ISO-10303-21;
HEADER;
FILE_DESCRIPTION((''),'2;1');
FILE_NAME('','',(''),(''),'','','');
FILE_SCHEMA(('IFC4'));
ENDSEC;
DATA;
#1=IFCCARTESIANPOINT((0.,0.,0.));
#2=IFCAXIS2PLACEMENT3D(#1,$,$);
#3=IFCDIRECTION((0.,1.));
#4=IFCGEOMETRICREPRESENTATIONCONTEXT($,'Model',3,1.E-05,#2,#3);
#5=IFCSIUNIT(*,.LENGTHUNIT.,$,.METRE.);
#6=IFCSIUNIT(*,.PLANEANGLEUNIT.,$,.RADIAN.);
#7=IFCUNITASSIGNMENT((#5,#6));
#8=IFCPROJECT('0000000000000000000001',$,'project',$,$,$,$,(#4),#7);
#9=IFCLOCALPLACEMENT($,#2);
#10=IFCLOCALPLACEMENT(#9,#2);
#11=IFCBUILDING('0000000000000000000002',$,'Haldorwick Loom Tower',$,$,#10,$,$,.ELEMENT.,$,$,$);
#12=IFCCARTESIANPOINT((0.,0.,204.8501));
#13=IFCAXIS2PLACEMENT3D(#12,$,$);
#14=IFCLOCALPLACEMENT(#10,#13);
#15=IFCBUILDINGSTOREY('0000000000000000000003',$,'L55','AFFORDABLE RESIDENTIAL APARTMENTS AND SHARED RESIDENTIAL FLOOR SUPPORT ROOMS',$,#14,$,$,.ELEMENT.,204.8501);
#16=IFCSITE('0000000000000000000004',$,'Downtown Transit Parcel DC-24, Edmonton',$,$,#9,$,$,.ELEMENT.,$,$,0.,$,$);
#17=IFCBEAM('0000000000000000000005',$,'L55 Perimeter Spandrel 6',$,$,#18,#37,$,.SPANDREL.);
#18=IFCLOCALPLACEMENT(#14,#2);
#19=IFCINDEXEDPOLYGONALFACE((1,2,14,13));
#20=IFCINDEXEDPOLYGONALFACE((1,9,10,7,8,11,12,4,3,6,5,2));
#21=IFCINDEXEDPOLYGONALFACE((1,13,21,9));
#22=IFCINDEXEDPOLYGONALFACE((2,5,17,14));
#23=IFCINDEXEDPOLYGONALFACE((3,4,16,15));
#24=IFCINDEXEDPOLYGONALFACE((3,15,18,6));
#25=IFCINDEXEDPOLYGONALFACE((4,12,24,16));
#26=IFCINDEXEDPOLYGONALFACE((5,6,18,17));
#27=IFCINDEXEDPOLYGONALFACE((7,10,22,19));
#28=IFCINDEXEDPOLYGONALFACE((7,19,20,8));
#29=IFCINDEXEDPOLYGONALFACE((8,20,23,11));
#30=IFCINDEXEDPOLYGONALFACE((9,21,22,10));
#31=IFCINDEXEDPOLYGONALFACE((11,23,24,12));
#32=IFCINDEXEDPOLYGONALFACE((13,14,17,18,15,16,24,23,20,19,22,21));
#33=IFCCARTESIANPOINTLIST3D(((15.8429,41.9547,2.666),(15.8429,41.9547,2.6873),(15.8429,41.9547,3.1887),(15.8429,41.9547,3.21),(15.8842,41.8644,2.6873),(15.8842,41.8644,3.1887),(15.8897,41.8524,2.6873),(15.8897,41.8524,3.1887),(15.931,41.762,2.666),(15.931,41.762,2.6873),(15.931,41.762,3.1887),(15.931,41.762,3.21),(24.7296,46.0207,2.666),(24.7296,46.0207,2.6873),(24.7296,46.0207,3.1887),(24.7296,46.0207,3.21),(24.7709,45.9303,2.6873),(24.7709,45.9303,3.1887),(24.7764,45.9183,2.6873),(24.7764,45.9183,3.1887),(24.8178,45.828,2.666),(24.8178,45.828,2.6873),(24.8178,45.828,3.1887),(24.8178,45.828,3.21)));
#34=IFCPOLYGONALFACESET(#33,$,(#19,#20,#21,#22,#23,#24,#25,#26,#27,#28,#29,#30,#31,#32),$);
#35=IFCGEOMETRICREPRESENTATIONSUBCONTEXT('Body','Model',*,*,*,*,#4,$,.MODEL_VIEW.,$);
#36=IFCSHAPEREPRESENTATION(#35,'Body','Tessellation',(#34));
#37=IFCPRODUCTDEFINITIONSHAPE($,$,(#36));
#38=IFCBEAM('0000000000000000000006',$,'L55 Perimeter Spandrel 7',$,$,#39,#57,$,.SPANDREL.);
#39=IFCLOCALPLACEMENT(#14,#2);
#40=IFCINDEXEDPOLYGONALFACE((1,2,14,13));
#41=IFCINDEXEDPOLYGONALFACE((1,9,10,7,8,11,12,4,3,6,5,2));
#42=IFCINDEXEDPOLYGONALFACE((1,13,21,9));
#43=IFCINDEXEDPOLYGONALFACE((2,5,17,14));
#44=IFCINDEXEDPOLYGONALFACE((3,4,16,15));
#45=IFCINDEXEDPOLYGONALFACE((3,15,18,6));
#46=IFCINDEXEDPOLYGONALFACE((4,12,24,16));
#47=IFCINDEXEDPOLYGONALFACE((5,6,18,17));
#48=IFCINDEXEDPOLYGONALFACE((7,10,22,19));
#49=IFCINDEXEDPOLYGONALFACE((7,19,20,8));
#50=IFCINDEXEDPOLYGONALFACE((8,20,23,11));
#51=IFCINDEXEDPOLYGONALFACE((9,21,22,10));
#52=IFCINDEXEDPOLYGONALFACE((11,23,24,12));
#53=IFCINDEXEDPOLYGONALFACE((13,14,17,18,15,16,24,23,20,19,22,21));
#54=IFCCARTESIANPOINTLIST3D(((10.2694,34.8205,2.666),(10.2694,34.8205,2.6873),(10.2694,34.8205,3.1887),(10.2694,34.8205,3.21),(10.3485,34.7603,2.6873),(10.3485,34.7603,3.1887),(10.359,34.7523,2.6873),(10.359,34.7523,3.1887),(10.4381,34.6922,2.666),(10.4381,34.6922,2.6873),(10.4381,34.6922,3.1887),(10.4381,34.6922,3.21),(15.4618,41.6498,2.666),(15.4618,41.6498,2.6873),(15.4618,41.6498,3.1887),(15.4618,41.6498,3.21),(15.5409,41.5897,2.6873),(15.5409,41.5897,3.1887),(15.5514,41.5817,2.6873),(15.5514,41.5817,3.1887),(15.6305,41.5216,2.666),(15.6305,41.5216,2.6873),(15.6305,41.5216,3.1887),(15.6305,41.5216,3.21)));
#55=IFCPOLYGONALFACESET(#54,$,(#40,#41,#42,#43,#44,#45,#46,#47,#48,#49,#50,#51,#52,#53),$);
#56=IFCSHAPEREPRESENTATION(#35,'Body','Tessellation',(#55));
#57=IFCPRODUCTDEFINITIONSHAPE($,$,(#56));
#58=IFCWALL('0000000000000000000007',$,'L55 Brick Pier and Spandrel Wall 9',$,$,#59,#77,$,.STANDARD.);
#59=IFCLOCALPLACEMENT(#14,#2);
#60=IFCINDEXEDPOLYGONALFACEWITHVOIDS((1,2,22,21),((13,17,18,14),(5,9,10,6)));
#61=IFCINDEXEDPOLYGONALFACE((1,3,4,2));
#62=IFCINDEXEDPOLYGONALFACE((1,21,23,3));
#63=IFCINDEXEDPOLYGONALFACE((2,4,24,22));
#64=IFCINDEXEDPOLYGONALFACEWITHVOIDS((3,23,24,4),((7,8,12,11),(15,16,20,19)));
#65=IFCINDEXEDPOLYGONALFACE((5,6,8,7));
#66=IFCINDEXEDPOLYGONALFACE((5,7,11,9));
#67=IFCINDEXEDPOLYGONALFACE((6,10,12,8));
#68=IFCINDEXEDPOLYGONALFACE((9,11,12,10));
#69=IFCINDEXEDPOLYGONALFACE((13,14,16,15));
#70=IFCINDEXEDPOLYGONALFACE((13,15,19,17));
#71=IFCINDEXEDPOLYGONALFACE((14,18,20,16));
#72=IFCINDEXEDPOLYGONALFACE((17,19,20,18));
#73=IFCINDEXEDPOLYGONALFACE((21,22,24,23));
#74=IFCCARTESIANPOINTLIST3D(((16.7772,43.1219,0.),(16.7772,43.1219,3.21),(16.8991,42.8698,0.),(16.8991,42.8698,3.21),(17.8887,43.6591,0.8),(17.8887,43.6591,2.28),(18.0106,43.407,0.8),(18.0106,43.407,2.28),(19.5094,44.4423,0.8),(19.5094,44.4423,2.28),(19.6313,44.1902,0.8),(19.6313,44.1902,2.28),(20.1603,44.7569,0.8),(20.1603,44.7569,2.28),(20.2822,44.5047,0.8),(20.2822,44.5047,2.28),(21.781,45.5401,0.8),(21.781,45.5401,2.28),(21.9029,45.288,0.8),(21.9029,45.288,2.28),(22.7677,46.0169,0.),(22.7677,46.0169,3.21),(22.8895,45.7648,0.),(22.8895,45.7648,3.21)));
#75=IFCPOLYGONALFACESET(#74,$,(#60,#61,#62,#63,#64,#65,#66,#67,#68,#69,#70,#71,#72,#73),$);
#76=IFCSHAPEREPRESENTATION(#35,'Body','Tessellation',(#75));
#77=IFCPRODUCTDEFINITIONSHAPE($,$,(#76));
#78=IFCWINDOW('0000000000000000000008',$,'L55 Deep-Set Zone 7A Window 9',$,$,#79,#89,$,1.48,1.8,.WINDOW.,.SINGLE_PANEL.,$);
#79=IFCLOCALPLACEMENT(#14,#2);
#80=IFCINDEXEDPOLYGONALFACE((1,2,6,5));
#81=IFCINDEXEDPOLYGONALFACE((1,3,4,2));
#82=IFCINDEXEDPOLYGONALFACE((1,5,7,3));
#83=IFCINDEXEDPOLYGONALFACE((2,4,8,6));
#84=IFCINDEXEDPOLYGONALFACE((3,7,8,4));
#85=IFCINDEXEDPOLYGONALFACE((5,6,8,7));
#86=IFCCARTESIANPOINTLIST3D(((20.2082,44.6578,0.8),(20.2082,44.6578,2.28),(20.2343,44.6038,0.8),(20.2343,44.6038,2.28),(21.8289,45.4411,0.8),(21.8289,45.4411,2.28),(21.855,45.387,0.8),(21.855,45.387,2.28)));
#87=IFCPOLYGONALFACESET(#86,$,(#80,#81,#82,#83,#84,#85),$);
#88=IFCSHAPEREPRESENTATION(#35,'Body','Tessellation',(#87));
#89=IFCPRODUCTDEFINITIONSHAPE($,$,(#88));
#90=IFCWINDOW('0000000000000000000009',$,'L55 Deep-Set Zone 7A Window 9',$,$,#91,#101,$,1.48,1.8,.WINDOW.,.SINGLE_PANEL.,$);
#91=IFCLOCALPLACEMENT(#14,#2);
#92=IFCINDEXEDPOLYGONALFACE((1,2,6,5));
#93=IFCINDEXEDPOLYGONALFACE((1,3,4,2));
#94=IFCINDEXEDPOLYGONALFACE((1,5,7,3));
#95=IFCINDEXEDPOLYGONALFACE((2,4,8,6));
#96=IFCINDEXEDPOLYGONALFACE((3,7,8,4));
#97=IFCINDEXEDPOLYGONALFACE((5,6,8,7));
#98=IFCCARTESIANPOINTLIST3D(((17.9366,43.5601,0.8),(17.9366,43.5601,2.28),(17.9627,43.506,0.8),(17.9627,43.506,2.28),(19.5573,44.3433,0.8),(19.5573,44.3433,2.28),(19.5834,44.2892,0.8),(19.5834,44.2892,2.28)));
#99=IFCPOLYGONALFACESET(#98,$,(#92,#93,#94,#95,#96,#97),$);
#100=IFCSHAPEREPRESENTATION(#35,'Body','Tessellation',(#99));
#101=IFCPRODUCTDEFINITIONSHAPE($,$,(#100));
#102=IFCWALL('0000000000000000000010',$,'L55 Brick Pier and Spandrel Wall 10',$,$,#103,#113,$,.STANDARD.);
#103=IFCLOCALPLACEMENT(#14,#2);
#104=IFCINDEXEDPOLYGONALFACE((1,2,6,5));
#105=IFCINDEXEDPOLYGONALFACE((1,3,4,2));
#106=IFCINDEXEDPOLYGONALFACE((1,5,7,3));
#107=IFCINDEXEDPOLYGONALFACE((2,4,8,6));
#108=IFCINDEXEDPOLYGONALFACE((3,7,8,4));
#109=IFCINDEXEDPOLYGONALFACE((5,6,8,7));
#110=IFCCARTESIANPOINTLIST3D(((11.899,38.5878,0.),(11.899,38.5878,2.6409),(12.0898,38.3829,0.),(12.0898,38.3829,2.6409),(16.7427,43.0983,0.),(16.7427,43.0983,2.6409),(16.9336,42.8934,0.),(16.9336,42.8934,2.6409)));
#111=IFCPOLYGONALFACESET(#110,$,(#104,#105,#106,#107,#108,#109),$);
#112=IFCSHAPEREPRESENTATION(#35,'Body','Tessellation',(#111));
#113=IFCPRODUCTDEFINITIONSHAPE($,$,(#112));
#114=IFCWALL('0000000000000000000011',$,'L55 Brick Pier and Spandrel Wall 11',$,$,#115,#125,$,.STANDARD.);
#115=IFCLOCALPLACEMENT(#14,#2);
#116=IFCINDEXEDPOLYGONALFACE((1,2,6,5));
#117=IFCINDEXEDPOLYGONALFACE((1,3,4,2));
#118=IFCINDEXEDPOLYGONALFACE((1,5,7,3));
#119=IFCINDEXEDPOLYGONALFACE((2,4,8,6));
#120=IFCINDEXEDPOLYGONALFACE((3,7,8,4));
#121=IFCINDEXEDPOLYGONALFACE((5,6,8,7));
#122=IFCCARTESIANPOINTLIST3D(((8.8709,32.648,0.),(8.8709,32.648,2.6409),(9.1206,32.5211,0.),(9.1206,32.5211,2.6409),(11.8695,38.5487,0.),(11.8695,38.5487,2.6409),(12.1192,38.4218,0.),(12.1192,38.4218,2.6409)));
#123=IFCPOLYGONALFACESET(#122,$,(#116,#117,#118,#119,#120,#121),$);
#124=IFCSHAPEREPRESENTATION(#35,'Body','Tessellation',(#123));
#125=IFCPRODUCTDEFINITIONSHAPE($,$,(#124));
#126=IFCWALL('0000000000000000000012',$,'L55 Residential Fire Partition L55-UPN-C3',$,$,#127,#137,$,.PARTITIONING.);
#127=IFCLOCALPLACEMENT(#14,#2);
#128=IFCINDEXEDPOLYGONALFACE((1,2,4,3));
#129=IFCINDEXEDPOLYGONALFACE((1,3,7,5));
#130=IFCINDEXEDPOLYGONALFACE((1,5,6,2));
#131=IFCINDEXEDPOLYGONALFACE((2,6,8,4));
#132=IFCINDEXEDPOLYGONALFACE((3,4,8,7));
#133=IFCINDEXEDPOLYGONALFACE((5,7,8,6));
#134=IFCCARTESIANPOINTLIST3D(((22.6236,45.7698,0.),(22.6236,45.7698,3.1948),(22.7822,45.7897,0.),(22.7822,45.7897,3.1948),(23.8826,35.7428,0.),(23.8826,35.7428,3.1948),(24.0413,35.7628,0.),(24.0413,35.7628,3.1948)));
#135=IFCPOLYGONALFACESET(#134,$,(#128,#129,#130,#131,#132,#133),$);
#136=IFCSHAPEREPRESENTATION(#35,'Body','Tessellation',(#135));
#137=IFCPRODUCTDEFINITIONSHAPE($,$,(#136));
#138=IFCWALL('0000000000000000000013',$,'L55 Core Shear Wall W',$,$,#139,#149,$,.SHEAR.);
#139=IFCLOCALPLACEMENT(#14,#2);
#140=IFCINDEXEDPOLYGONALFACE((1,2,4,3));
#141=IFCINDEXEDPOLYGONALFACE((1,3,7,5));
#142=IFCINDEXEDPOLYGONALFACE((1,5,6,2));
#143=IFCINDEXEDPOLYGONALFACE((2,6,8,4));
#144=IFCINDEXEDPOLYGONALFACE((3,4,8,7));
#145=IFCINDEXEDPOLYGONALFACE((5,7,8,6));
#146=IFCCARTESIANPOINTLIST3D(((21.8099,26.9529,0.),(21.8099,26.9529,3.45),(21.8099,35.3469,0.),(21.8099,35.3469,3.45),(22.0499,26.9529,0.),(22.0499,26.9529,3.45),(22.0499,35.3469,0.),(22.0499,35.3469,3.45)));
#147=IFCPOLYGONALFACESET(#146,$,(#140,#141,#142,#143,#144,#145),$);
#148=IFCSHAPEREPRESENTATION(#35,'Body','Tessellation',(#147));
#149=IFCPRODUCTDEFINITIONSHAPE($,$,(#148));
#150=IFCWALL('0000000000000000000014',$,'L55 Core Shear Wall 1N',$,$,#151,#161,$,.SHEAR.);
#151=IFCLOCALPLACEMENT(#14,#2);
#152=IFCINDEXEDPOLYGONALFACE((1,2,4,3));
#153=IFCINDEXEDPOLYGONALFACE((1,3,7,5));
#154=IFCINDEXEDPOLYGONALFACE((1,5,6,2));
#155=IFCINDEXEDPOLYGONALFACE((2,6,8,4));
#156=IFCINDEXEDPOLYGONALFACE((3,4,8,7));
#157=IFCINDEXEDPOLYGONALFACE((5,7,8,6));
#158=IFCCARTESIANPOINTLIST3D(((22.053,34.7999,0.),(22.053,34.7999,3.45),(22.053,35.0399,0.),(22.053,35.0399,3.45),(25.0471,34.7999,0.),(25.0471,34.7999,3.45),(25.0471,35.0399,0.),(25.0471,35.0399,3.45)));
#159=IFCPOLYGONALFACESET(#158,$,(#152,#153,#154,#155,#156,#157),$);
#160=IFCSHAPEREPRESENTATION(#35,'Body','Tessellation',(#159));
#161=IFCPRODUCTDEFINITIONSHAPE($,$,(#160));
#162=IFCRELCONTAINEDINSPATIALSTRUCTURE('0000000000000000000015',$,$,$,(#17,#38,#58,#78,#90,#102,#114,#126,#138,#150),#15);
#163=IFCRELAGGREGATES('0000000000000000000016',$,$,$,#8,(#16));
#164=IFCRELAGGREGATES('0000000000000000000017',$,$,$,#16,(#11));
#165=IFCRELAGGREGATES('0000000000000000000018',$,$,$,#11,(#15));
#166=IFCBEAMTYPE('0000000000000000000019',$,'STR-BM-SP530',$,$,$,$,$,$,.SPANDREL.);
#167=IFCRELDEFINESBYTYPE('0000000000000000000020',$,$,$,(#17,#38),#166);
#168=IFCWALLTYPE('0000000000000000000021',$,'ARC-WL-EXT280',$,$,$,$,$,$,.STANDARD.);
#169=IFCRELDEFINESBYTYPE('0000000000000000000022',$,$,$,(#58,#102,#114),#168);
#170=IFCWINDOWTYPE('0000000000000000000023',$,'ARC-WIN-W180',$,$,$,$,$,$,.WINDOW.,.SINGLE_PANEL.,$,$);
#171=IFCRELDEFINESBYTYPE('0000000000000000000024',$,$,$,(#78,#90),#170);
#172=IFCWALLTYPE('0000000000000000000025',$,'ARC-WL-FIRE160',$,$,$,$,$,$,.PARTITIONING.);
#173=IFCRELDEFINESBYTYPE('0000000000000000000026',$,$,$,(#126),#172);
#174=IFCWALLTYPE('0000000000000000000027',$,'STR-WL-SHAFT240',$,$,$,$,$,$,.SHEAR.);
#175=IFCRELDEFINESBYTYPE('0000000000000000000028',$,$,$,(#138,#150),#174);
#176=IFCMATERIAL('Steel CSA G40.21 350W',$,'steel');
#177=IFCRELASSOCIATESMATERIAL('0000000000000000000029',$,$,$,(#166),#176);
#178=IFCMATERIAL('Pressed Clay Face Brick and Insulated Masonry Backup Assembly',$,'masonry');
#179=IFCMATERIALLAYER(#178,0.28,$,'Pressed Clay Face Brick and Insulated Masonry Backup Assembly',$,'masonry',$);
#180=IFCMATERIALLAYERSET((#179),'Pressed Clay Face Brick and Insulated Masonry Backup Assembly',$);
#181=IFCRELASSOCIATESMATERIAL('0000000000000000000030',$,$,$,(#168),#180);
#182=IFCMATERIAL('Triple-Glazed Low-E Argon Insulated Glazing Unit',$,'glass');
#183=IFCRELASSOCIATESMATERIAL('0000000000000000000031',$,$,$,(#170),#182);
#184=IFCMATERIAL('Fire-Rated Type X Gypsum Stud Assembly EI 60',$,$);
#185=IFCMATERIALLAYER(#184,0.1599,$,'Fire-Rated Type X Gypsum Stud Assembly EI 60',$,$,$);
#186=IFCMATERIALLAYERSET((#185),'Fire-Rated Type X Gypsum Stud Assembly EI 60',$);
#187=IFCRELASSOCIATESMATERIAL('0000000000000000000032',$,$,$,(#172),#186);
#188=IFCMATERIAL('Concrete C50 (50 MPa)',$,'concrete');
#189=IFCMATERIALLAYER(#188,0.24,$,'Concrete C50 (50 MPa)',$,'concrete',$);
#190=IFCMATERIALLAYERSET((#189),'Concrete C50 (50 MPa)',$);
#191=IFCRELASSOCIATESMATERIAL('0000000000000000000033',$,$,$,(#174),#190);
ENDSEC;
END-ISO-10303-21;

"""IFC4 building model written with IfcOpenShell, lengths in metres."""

from ifc_helpers import new_model, si_unit, direction, frame, frame_2d, origin, origin_2d, place, context, subcontext, project, spatial, rectangle, i_section, extrude, material, layer, layer_set, material_profile, profile_set, type_object, element, fill, save


model = new_model("IFC4")

# Units and contexts
model_context = context("Model", 3, precision=1e-05, world=origin(), true_north=direction((0.0, 1.0)))
body_context = subcontext(model_context, "Body", "Model", "MODEL_VIEW")
ifc_project = project(units=[si_unit("LENGTHUNIT", "METRE"), si_unit("PLANEANGLEUNIT", "RADIAN")], contexts=[model_context])

# Site, building, storey
site_placement = place(None, origin())
site = spatial("IfcSite", under=ifc_project, at=site_placement, Name="Downtown Transit Parcel DC-24, Edmonton", CompositionType="ELEMENT", RefElevation=0.0)
building_placement = place(site_placement, origin())
building = spatial("IfcBuilding", under=site, at=building_placement, Name="Haldorwick Loom Tower", CompositionType="ELEMENT")
storey_placement = place(building_placement, frame((0.0, 0.0, 204.8501)))
storey = spatial("IfcBuildingStorey", under=building, at=storey_placement, Name="L55", Description="AFFORDABLE RESIDENTIAL APARTMENTS AND SHARED RESIDENTIAL FLOOR SUPPORT ROOMS", CompositionType="ELEMENT", Elevation=204.8501)

# Shared definitions
ifc_material_1 = material(Name="Steel CSA G40.21 350W", Category="steel")

# Beams
ifc_material_2 = material(Name="Concrete C50 (50 MPa)", Category="concrete")
ifc_material_profile_1 = material_profile(ifc_material_1, i_section(OverallWidth=0.2119, OverallDepth=0.5439, WebThickness=0.0132, FlangeThickness=0.0212, at=origin_2d()), Name="W530X123", Category="steel")
ifc_profile_set_1 = profile_set([ifc_material_profile_1], Name="Steel CSA G40.21 350W")
beam_type_1 = type_object("IfcBeamType", Name="STR-BM-SP530", PredefinedType="SPANDREL", material=ifc_profile_set_1)
beam_1_placement = place(storey_placement, frame((24.7737, 45.9243, 2.938), z_axis=(-0.909342, -0.416049, 0.0), x_axis=(0.416049, -0.909342, 0.0)))
element("IfcBeam", 1, at=beam_1_placement, inside=storey, type_object=beam_type_1, Name="L55 Perimeter Spandrel 6", PredefinedType="SPANDREL", context=body_context, shape_type="SweptSolid", body=[
    extrude(i_section(OverallWidth=0.2119, OverallDepth=0.5439, WebThickness=0.0132, FlangeThickness=0.0212, at=origin_2d()), origin(), (0.0, 0.0, 1.0), 9.7727),
])
beam_2_placement = place(storey_placement, frame((15.5461, 41.5857, 2.938), z_axis=(-0.605237, -0.796045, 0.0), x_axis=(0.796045, -0.605237, 0.0)))
element("IfcBeam", 2, at=beam_2_placement, inside=storey, type_object=beam_type_1, Name="L55 Perimeter Spandrel 7", PredefinedType="SPANDREL", context=body_context, shape_type="SweptSolid", body=[
    extrude(i_section(OverallWidth=0.2119, OverallDepth=0.5439, WebThickness=0.0132, FlangeThickness=0.0212, at=origin_2d()), origin(), (0.0, 0.0, 1.0), 8.5791),
])

# Wall, openings, windows
ifc_material_3 = material(Name="Pressed Clay Face Brick and Insulated Masonry Backup Assembly", Category="masonry")
ifc_layer_1 = layer(ifc_material_3, 0.28, Name="Pressed Clay Face Brick and Insulated Masonry Backup Assembly", Category="masonry")
ifc_layer_set_1 = layer_set([ifc_layer_1], Name="Pressed Clay Face Brick and Insulated Masonry Backup Assembly")
wall_type_1 = type_object("IfcWallType", Name="ARC-WL-EXT280", PredefinedType="STANDARD", material=ifc_layer_set_1)
wall_1_placement = place(storey_placement, frame((22.8286, 45.8909, 0.0), z_axis=(0.0, 0.0, 1.0), x_axis=(-0.900371, -0.435123, 0.0)))
wall_1 = element("IfcWall", 3, at=wall_1_placement, inside=storey, type_object=wall_type_1, Name="L55 Brick Pier and Spandrel Wall 9", PredefinedType="STANDARD", context=body_context, shape_type="SweptSolid", body=[
    extrude(rectangle(XDim=6.6533, YDim=0.28, at=frame_2d((3.3267, 0.0))), origin(), (0.0, 0.0, 1.0), 3.21),
])
opening_1_placement = place(wall_1_placement, frame((1.0959, 0.0, 0.8)))
opening_1 = element("IfcOpeningElement", 4, at=opening_1_placement, cuts=wall_1, PredefinedType="OPENING", context=body_context, shape_type="SweptSolid", body=[
    extrude(rectangle(XDim=1.8, YDim=1.48, at=frame_2d((0.8999, 0.74))), frame((0.0, 0.1499, 0.0), z_axis=(0.0, -1.0, 0.0), x_axis=(1.0, 0.0, 0.0)), (0.0, 0.0, 1.0), 0.3),
])
opening_2_placement = place(wall_1_placement, frame((3.6189, 0.0, 0.8)))
opening_2 = element("IfcOpeningElement", 5, at=opening_2_placement, cuts=wall_1, PredefinedType="OPENING", context=body_context, shape_type="SweptSolid", body=[
    extrude(rectangle(XDim=1.8, YDim=1.48, at=frame_2d((0.8999, 0.74))), frame((0.0, 0.1499, 0.0), z_axis=(0.0, -1.0, 0.0), x_axis=(1.0, 0.0, 0.0)), (0.0, 0.0, 1.0), 0.3),
])
ifc_material_4 = material(Name="Triple-Glazed Low-E Argon Insulated Glazing Unit", Category="glass")
window_type = type_object("IfcWindowType", Name="ARC-WIN-W180", PartitioningType="SINGLE_PANEL", PredefinedType="WINDOW", material=ifc_material_4)
window_1_placement = place(opening_1_placement, origin())
window_1 = element("IfcWindow", 6, at=window_1_placement, inside=storey, type_object=window_type, Name="L55 Deep-Set Zone 7A Window 9", OverallHeight=1.48, OverallWidth=1.8, PartitioningType="SINGLE_PANEL", PredefinedType="WINDOW", context=body_context, shape_type="SweptSolid", body=[
    extrude(rectangle(XDim=1.8, YDim=1.48, at=frame_2d((0.8999, 0.74))), frame((0.0, 0.03, 0.0), z_axis=(0.0, -1.0, 0.0), x_axis=(1.0, 0.0, 0.0)), (0.0, 0.0, 1.0), 0.0601),
])
fill(opening_1, window_1)
window_2_placement = place(opening_2_placement, origin())
window_2 = element("IfcWindow", 7, at=window_2_placement, inside=storey, type_object=window_type, Name="L55 Deep-Set Zone 7A Window 9", OverallHeight=1.48, OverallWidth=1.8, PartitioningType="SINGLE_PANEL", PredefinedType="WINDOW", context=body_context, shape_type="SweptSolid", body=[
    extrude(rectangle(XDim=1.8, YDim=1.48, at=frame_2d((0.8999, 0.74))), frame((0.0, 0.03, 0.0), z_axis=(0.0, -1.0, 0.0), x_axis=(1.0, 0.0, 0.0)), (0.0, 0.0, 1.0), 0.0601),
])
fill(opening_2, window_2)

# Walls
wall_2_placement = place(storey_placement, frame((16.8381, 42.9958, 0.0), z_axis=(0.0, 0.0, 1.0), x_axis=(-0.731834, -0.681483, 0.0)))
element("IfcWall", 8, at=wall_2_placement, inside=storey, type_object=wall_type_1, Name="L55 Brick Pier and Spandrel Wall 10", PredefinedType="STANDARD", context=body_context, shape_type="SweptSolid", body=[
    extrude(rectangle(XDim=6.6187, YDim=0.28, at=frame_2d((3.3093, 0.0))), origin(), (0.0, 0.0, 1.0), 2.6409),
])
wall_3_placement = place(storey_placement, frame((11.9944, 38.4854, 0.0), z_axis=(0.0, 0.0, 1.0), x_axis=(-0.453032, -0.891494, 0.0)))
element("IfcWall", 9, at=wall_3_placement, inside=storey, type_object=wall_type_1, Name="L55 Brick Pier and Spandrel Wall 11", PredefinedType="STANDARD", context=body_context, shape_type="SweptSolid", body=[
    extrude(rectangle(XDim=6.6189, YDim=0.28, at=frame_2d((3.3096, 0.0))), origin(), (0.0, 0.0, 1.0), 2.6409),
])
ifc_material_5 = material(Name="Fire-Rated Type X Gypsum Stud Assembly EI 60")
ifc_layer_2 = layer(ifc_material_5, 0.1599, Name="Fire-Rated Type X Gypsum Stud Assembly EI 60")
ifc_layer_set_2 = layer_set([ifc_layer_2], Name="Fire-Rated Type X Gypsum Stud Assembly EI 60")
wall_type_2 = type_object("IfcWallType", Name="ARC-WL-FIRE160", PredefinedType="PARTITIONING", material=ifc_layer_set_2)
wall_4_placement = place(storey_placement, frame((23.9619, 35.7529, 0.0), z_axis=(0.0, 0.0, 1.0), x_axis=(-0.124585, 0.992209, 0.0)))
element("IfcWall", 10, at=wall_4_placement, inside=storey, type_object=wall_type_2, Name="L55 Residential Fire Partition L55-UPN-C3", PredefinedType="PARTITIONING", context=body_context, shape_type="SweptSolid", body=[
    extrude(rectangle(XDim=10.1057, YDim=0.1599, at=frame_2d((5.0527, 0.0))), origin(), (0.0, 0.0, 1.0), 3.1948),
])
ifc_layer_3 = layer(ifc_material_2, 0.24, Name="Concrete C50 (50 MPa)", Category="concrete")
ifc_layer_set_3 = layer_set([ifc_layer_3], Name="Concrete C50 (50 MPa)")
wall_type_3 = type_object("IfcWallType", Name="STR-WL-SHAFT240", PredefinedType="SHEAR", material=ifc_layer_set_3)
wall_5_placement = place(storey_placement, frame((21.9299, 35.3469, 0.0), z_axis=(0.0, 0.0, 1.0), x_axis=(0.0, -1.0, 0.0)))
element("IfcWall", 11, at=wall_5_placement, inside=storey, type_object=wall_type_3, Name="L55 Core Shear Wall W", PredefinedType="SHEAR", context=body_context, shape_type="SweptSolid", body=[
    extrude(rectangle(XDim=8.394, YDim=0.24, at=frame_2d((4.197, 0.0))), origin(), (0.0, 0.0, 1.0), 3.45),
])
wall_6_placement = place(storey_placement, frame((22.053, 34.9199, 0.0), z_axis=(0.0, 0.0, 1.0), x_axis=(1.0, 0.0, 0.0)))
element("IfcWall", 12, at=wall_6_placement, inside=storey, type_object=wall_type_3, Name="L55 Core Shear Wall 1N", PredefinedType="SHEAR", context=body_context, shape_type="SweptSolid", body=[
    extrude(rectangle(XDim=2.9941, YDim=0.24, at=frame_2d((1.4971, 0.0))), origin(), (0.0, 0.0, 1.0), 3.45),
])

save(model, "model.ifc")
